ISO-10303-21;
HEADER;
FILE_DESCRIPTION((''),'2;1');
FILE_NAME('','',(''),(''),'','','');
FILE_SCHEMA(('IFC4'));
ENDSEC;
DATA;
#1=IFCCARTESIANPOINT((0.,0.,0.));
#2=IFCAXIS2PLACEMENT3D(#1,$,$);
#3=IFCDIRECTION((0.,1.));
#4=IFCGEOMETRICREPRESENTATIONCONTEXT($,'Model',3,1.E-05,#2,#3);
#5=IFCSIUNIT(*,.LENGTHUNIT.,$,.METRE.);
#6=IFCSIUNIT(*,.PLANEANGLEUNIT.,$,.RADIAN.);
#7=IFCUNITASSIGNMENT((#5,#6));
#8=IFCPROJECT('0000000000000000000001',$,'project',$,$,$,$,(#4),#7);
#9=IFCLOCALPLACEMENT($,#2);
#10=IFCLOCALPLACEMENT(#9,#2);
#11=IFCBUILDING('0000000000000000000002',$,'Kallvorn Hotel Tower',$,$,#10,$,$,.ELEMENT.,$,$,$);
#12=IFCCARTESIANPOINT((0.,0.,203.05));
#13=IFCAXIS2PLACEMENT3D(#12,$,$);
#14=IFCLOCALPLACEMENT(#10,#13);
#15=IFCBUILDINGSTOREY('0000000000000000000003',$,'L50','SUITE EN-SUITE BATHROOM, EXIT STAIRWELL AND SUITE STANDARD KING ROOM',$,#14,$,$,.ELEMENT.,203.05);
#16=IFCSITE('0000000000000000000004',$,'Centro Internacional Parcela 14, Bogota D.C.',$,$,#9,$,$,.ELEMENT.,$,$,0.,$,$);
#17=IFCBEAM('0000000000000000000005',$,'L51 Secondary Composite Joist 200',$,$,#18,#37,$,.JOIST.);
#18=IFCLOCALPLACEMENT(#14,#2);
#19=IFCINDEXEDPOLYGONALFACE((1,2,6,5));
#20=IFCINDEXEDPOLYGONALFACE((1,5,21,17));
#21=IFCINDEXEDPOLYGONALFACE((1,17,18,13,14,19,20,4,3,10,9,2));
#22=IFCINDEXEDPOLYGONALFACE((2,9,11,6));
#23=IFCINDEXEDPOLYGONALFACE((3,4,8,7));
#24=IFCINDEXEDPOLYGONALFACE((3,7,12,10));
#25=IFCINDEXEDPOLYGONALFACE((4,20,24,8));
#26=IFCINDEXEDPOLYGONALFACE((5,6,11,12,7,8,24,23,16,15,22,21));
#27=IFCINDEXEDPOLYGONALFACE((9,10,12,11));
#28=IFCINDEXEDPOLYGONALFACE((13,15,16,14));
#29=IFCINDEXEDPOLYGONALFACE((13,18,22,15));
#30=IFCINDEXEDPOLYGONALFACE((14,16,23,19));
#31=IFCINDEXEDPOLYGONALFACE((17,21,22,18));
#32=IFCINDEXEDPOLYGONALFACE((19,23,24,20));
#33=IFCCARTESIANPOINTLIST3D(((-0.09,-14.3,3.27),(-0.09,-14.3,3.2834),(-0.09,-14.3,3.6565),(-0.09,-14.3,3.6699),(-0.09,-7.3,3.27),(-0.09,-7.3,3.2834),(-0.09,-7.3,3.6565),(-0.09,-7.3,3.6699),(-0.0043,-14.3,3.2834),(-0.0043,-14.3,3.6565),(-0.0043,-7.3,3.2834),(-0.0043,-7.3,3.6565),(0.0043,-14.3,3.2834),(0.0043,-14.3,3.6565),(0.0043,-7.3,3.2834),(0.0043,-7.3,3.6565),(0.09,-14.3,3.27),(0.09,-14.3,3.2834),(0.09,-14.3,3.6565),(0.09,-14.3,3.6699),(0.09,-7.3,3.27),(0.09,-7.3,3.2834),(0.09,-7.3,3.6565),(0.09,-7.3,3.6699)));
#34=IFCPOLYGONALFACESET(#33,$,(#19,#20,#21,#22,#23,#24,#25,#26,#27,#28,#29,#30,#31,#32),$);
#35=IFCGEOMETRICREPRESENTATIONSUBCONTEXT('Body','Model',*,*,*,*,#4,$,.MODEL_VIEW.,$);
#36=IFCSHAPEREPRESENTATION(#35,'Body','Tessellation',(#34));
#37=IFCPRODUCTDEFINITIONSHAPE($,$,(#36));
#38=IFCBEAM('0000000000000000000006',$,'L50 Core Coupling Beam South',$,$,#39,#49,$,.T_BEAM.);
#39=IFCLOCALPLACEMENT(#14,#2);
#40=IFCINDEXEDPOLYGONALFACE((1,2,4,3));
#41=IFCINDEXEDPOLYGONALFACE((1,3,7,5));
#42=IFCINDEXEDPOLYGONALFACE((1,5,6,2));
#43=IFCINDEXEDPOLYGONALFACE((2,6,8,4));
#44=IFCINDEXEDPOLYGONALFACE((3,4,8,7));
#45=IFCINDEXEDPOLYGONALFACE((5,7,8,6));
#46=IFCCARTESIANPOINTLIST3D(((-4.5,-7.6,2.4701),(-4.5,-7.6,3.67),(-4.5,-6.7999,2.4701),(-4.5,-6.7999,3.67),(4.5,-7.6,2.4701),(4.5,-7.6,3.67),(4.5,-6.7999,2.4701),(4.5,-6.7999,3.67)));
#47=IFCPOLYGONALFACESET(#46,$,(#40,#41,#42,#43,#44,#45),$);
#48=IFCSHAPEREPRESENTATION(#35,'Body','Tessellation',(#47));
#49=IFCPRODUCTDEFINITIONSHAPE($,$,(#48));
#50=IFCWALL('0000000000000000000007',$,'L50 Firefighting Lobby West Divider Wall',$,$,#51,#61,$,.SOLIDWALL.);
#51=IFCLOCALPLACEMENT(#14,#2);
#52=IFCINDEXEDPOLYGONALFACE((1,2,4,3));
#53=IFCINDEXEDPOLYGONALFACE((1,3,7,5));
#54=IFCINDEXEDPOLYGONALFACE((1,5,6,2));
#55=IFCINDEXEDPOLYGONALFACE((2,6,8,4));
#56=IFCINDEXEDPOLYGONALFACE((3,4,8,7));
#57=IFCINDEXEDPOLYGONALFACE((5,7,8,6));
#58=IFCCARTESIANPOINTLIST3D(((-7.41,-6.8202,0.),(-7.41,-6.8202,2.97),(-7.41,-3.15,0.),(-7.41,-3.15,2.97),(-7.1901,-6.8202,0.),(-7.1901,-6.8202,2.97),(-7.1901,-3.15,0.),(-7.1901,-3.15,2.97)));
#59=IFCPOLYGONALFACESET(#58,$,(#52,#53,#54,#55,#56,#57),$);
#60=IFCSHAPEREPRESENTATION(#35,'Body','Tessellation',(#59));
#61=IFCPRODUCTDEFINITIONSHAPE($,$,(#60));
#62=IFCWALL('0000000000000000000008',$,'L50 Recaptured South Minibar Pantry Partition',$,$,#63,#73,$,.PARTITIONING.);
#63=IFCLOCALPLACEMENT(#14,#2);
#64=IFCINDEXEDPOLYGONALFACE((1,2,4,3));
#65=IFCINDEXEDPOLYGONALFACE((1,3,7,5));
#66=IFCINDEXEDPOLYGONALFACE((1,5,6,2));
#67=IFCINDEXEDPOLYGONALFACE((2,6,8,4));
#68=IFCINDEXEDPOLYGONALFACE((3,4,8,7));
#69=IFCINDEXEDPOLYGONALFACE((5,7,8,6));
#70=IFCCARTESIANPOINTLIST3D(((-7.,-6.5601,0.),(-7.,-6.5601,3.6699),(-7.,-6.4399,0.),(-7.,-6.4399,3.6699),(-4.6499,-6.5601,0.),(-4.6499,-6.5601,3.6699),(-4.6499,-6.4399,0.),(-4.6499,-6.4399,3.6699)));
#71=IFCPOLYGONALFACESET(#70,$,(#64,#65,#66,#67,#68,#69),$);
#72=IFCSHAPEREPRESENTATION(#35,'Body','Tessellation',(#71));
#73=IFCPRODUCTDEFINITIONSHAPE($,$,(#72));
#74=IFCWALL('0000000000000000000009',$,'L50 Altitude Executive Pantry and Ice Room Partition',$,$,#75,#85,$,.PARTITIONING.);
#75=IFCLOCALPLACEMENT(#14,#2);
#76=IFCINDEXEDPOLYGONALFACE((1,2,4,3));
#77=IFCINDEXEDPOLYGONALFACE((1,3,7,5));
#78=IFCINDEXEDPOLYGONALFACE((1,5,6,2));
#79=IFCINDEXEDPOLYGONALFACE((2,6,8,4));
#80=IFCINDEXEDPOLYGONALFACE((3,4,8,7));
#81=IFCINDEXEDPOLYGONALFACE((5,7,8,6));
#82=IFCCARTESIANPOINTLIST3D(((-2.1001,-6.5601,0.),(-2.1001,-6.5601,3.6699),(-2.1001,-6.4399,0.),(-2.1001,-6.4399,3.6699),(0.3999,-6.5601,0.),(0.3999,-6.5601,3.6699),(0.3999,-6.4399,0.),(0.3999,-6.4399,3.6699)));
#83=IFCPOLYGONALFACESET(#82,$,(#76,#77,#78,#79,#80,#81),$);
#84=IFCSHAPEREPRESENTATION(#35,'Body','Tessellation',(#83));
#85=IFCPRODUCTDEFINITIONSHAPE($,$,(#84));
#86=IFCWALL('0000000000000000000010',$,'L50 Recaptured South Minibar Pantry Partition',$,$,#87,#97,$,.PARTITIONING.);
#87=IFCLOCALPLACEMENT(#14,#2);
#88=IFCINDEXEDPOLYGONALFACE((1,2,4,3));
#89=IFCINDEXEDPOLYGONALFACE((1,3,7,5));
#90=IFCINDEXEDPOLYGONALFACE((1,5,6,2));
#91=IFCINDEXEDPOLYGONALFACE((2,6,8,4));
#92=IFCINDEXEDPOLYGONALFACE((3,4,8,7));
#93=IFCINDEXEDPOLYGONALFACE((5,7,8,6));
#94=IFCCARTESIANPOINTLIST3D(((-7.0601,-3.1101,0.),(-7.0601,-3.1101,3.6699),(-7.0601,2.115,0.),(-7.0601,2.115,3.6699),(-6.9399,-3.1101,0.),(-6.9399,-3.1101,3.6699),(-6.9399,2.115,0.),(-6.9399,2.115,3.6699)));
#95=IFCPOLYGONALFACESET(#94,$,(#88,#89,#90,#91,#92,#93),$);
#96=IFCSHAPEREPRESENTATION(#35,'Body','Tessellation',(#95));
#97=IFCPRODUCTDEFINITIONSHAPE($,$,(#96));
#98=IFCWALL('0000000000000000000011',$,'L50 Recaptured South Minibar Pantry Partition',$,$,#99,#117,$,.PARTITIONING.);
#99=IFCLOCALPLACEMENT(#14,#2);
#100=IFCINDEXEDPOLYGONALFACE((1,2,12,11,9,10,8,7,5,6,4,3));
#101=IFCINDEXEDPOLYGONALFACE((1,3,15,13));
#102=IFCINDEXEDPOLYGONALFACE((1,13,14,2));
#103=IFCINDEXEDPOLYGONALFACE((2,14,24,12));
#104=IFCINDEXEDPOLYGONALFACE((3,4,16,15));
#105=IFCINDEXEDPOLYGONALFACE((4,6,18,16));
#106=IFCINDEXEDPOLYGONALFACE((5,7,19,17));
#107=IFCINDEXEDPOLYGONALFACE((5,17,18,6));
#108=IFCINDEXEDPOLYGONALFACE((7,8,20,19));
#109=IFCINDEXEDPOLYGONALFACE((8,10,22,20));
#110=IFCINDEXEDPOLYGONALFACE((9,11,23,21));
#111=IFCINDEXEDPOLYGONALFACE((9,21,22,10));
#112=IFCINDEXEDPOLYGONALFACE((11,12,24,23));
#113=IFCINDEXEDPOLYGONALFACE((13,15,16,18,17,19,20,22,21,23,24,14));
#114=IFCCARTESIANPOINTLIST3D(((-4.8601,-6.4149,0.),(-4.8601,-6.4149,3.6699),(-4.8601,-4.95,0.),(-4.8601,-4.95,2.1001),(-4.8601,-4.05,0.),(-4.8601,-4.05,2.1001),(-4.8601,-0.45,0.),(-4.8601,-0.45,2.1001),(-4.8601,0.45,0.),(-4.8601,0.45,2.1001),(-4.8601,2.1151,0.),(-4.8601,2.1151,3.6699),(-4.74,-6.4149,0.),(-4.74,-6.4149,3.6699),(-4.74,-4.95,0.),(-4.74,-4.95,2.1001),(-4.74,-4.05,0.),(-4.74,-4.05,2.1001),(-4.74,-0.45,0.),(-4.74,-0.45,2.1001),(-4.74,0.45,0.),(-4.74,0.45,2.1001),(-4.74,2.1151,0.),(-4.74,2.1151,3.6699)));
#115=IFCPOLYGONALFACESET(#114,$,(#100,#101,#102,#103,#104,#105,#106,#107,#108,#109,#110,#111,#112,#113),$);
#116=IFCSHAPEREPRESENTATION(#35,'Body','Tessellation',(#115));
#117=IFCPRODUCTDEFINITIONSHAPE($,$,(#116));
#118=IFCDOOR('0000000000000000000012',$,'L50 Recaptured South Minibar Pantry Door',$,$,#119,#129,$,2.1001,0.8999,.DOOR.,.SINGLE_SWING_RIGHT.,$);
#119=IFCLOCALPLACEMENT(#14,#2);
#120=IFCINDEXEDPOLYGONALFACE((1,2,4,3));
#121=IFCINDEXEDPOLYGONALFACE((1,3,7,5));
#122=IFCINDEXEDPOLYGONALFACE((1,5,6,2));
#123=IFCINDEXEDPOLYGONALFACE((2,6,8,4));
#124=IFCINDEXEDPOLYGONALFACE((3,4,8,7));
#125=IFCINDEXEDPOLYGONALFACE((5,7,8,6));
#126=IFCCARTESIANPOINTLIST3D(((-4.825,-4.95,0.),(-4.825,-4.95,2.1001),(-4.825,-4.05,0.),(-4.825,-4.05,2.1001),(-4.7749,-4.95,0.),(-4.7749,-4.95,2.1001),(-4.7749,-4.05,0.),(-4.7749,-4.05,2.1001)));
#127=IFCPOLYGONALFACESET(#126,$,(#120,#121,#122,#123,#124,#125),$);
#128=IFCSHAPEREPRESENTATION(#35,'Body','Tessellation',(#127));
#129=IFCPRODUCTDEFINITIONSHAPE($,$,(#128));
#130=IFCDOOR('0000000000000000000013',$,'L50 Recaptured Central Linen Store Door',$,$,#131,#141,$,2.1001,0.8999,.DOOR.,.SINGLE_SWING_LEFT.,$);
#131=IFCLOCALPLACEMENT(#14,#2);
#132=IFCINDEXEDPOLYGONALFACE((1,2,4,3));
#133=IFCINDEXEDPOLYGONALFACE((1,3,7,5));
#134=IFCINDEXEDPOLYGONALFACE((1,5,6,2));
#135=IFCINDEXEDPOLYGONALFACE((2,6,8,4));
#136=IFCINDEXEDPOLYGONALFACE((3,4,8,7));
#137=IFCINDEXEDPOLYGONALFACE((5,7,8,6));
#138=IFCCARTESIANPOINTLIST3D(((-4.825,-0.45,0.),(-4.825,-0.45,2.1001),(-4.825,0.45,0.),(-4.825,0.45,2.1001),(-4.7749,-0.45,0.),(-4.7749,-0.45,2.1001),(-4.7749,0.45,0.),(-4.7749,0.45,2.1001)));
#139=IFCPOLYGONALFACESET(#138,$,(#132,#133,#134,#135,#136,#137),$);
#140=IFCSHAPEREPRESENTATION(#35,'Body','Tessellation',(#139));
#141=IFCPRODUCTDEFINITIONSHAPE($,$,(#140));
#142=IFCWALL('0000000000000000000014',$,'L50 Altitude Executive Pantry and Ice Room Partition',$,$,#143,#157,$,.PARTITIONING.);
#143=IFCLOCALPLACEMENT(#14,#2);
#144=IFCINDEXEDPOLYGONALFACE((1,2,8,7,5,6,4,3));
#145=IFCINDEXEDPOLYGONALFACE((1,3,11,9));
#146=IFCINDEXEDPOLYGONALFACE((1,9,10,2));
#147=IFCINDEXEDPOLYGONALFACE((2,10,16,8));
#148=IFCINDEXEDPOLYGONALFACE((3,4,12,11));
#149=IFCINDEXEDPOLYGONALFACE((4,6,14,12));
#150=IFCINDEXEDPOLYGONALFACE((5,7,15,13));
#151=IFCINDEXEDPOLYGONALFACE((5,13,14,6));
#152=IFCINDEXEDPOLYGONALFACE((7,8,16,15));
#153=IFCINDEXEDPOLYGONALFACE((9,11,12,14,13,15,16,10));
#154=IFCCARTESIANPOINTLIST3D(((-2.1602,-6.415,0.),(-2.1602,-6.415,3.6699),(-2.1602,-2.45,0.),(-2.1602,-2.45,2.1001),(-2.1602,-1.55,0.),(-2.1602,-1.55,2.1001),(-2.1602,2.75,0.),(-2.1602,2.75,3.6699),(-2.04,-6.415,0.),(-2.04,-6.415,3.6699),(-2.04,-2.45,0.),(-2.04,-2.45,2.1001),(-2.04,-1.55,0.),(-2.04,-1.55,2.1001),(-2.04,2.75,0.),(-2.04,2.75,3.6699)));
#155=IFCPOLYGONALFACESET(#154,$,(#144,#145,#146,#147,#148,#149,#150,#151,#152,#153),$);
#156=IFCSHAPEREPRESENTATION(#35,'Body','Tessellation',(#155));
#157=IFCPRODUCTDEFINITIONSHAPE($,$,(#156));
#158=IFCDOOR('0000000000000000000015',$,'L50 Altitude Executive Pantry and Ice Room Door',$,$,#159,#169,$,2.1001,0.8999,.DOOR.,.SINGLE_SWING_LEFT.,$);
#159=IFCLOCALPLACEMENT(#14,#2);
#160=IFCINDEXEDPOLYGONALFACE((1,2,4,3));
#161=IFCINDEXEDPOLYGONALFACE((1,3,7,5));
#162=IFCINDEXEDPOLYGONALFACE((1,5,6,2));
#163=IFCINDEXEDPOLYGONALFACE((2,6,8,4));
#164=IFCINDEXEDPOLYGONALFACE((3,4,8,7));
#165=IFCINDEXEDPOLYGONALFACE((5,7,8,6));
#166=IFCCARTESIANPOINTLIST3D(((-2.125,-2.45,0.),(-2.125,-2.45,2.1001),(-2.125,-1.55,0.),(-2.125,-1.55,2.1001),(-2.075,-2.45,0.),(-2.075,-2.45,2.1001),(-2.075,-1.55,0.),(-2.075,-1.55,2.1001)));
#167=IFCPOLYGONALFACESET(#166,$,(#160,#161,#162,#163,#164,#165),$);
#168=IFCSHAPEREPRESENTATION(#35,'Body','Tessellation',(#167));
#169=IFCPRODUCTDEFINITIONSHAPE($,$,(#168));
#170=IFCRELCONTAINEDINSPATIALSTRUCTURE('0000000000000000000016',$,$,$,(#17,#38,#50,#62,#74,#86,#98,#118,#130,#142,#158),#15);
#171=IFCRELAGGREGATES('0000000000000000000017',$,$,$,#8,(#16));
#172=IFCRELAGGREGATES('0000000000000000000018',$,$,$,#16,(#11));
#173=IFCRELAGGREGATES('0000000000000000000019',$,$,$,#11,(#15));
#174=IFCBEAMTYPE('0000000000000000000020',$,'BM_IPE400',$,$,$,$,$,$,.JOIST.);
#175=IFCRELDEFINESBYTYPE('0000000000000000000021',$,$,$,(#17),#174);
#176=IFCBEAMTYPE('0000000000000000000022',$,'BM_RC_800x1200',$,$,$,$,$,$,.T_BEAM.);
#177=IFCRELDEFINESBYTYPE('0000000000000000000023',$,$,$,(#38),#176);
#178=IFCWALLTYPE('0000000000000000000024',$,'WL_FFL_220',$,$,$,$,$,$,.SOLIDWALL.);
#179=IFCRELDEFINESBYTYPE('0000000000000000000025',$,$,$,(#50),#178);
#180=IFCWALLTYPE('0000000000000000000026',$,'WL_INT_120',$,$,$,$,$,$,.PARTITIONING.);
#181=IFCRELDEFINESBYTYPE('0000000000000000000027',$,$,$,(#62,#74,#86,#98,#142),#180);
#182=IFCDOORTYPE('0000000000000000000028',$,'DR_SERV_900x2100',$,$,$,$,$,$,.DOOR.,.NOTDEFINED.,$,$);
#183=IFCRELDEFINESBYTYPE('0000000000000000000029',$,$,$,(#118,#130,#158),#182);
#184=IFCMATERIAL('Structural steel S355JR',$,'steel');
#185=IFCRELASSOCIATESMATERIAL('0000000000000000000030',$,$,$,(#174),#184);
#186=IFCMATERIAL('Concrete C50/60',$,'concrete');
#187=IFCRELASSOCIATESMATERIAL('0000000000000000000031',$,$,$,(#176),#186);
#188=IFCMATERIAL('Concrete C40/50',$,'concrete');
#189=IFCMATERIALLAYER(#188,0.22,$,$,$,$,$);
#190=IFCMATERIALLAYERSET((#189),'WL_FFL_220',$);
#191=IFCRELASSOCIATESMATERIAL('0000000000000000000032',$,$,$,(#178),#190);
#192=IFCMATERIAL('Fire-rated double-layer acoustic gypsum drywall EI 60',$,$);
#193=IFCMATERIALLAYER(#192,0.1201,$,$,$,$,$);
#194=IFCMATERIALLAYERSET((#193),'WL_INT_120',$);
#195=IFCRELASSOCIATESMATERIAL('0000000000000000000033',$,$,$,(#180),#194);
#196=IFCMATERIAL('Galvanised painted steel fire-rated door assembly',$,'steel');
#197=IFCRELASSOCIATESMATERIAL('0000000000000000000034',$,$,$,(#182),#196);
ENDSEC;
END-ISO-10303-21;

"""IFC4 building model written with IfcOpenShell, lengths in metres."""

from ifc_helpers import new_model, si_unit, direction, frame, frame_2d, origin, origin_2d, place, context, subcontext, project, spatial, rectangle, i_section, extrude, material, layer, layer_set, material_profile, profile_set, type_object, element, fill, save


model = new_model("IFC4")

# Units and contexts
model_context = context("Model", 3, precision=1e-05, world=origin(), true_north=direction((0.0, 1.0)))
body_context = subcontext(model_context, "Body", "Model", "MODEL_VIEW")
ifc_project = project(units=[si_unit("LENGTHUNIT", "METRE"), si_unit("PLANEANGLEUNIT", "RADIAN")], contexts=[model_context])

# Site, building, storey
site_placement = place(None, origin())
site = spatial("IfcSite", under=ifc_project, at=site_placement, Name="Centro Internacional Parcela 14, Bogota D.C.", CompositionType="ELEMENT", RefElevation=0.0)
building_placement = place(site_placement, origin())
building = spatial("IfcBuilding", under=site, at=building_placement, Name="Kallvorn Hotel Tower", CompositionType="ELEMENT")
storey_placement = place(building_placement, frame((0.0, 0.0, 203.05)))
storey = spatial("IfcBuildingStorey", under=building, at=storey_placement, Name="L50", Description="SUITE EN-SUITE BATHROOM, EXIT STAIRWELL AND SUITE STANDARD KING ROOM", CompositionType="ELEMENT", Elevation=203.05)

# Beams
ifc_material_1 = material(Name="Structural steel S355JR", Category="steel")
ifc_material_profile_1 = material_profile(ifc_material_1, i_section(OverallWidth=0.1799, OverallDepth=0.3999, WebThickness=0.0085, FlangeThickness=0.0134, at=origin_2d()), Name="IPE 400")
ifc_profile_set_1 = profile_set([ifc_material_profile_1], Name="Structural steel S355JR")
beam_type_1 = type_object("IfcBeamType", Name="BM_IPE400", PredefinedType="JOIST", material=ifc_profile_set_1)
for number, where, z_axis, x_axis, name in (
    (1, (0.0, -14.3, 3.47), (0.0, 1.0, 0.0), (-1.0, 0.0, 0.0), "L51 Secondary Composite Joist 200"),
):
    element("IfcBeam", number, at=place(storey_placement, frame(where, z_axis=z_axis, x_axis=x_axis)), inside=storey, type_object=beam_type_1, Name=name, PredefinedType="JOIST", context=body_context, shape_type="SweptSolid", body=[
        extrude(i_section(OverallWidth=0.1799, OverallDepth=0.3999, WebThickness=0.0085, FlangeThickness=0.0134, at=origin_2d()), origin(), (0.0, 0.0, 1.0), 7.0),
    ])
ifc_material_2 = material(Name="Concrete C50/60", Category="concrete")
ifc_material_profile_2 = material_profile(ifc_material_2, rectangle(XDim=0.8, YDim=1.2, at=origin_2d()), Name="RC 800x1200")
ifc_profile_set_2 = profile_set([ifc_material_profile_2], Name="Concrete C50/60")
beam_type_2 = type_object("IfcBeamType", Name="BM_RC_800x1200", PredefinedType="T_BEAM", material=ifc_profile_set_2)
beam_1_placement = place(storey_placement, frame((-4.5, -7.2, 3.0701), z_axis=(1.0, 0.0, 0.0), x_axis=(0.0, 1.0, 0.0)))
element("IfcBeam", 2, at=beam_1_placement, inside=storey, type_object=beam_type_2, Name="L50 Core Coupling Beam South", PredefinedType="T_BEAM", context=body_context, shape_type="SweptSolid", body=[
    extrude(rectangle(XDim=0.8, YDim=1.2, at=origin_2d()), origin(), (0.0, 0.0, 1.0), 9.0),
])

# Walls
ifc_material_3 = material(Name="Concrete C40/50", Category="concrete")
ifc_layer_1 = layer(ifc_material_3, 0.22)
ifc_layer_set_1 = layer_set([ifc_layer_1], Name="WL_FFL_220")
wall_type_1 = type_object("IfcWallType", Name="WL_FFL_220", PredefinedType="SOLIDWALL", material=ifc_layer_set_1)
wall_1_placement = place(storey_placement, frame((-7.3, -6.8201, 0.0), z_axis=(0.0, 0.0, 1.0), x_axis=(0.0, 1.0, 0.0)))
element("IfcWall", 3, at=wall_1_placement, inside=storey, type_object=wall_type_1, Name="L50 Firefighting Lobby West Divider Wall", PredefinedType="SOLIDWALL", context=body_context, shape_type="SweptSolid", body=[
    extrude(rectangle(XDim=3.6702, YDim=0.22, at=frame_2d((1.835, 0.0))), origin(), (0.0, 0.0, 1.0), 2.97),
])
ifc_material_4 = material(Name="Fire-rated double-layer acoustic gypsum drywall EI 60")
ifc_layer_2 = layer(ifc_material_4, 0.1201)
ifc_layer_set_2 = layer_set([ifc_layer_2], Name="WL_INT_120")
wall_type_2 = type_object("IfcWallType", Name="WL_INT_120", PredefinedType="PARTITIONING", material=ifc_layer_set_2)
wall_2_placement = place(storey_placement, frame((-7.0, -6.5, 0.0), z_axis=(0.0, 0.0, 1.0), x_axis=(1.0, 0.0, 0.0)))
element("IfcWall", 4, at=wall_2_placement, inside=storey, type_object=wall_type_2, Name="L50 Recaptured South Minibar Pantry Partition", PredefinedType="PARTITIONING", context=body_context, shape_type="SweptSolid", body=[
    extrude(rectangle(XDim=2.3501, YDim=0.1201, at=frame_2d((1.175, 0.0))), origin(), (0.0, 0.0, 1.0), 3.6699),
])
wall_3_placement = place(storey_placement, frame((-2.1001, -6.5, 0.0), z_axis=(0.0, 0.0, 1.0), x_axis=(1.0, 0.0, 0.0)))
element("IfcWall", 5, at=wall_3_placement, inside=storey, type_object=wall_type_2, Name="L50 Altitude Executive Pantry and Ice Room Partition", PredefinedType="PARTITIONING", context=body_context, shape_type="SweptSolid", body=[
    extrude(rectangle(XDim=2.5, YDim=0.1201, at=frame_2d((1.25, 0.0))), origin(), (0.0, 0.0, 1.0), 3.6699),
])
wall_4_placement = place(storey_placement, frame((-7.0, -3.1101, 0.0), z_axis=(0.0, 0.0, 1.0), x_axis=(0.0, 1.0, 0.0)))
element("IfcWall", 6, at=wall_4_placement, inside=storey, type_object=wall_type_2, Name="L50 Recaptured South Minibar Pantry Partition", PredefinedType="PARTITIONING", context=body_context, shape_type="SweptSolid", body=[
    extrude(rectangle(XDim=5.2251, YDim=0.1201, at=frame_2d((2.6125, 0.0))), origin(), (0.0, 0.0, 1.0), 3.6699),
])

# Wall, openings, doors
wall_5_placement = place(storey_placement, frame((-4.8, -6.415, 0.0), z_axis=(0.0, 0.0, 1.0), x_axis=(0.0, 1.0, 0.0)))
wall_5 = element("IfcWall", 7, at=wall_5_placement, inside=storey, type_object=wall_type_2, Name="L50 Recaptured South Minibar Pantry Partition", PredefinedType="PARTITIONING", context=body_context, shape_type="SweptSolid", body=[
    extrude(rectangle(XDim=8.53, YDim=0.1201, at=frame_2d((4.2651, 0.0))), origin(), (0.0, 0.0, 1.0), 3.6699),
])
opening_1_placement = place(wall_5_placement, frame((1.4651, 0.0, 0.0)))
opening_1 = element("IfcOpeningElement", 8, at=opening_1_placement, cuts=wall_5, PredefinedType="OPENING", context=body_context, shape_type="SweptSolid", body=[
    extrude(rectangle(XDim=0.8999, YDim=2.1001, at=frame_2d((0.45, 1.05))), frame((0.0, 0.075, 0.0), z_axis=(0.0, -1.0, 0.0), x_axis=(1.0, 0.0, 0.0)), (0.0, 0.0, 1.0), 0.1501),
])
opening_2_placement = place(wall_5_placement, frame((5.9651, 0.0, 0.0)))
opening_2 = element("IfcOpeningElement", 9, at=opening_2_placement, cuts=wall_5, PredefinedType="OPENING", context=body_context, shape_type="SweptSolid", body=[
    extrude(rectangle(XDim=0.8999, YDim=2.1001, at=frame_2d((0.45, 1.05))), frame((0.0, 0.075, 0.0), z_axis=(0.0, -1.0, 0.0), x_axis=(1.0, 0.0, 0.0)), (0.0, 0.0, 1.0), 0.1501),
])
ifc_material_5 = material(Name="Galvanised painted steel fire-rated door assembly", Category="steel")
door_type_1 = type_object("IfcDoorType", Name="DR_SERV_900x2100", OperationType="NOTDEFINED", PredefinedType="DOOR", material=ifc_material_5)
door_1_placement = place(opening_1_placement, origin())
door_1 = element("IfcDoor", 10, at=door_1_placement, inside=storey, type_object=door_type_1, Name="L50 Recaptured South Minibar Pantry Door", OperationType="SINGLE_SWING_RIGHT", OverallHeight=2.1001, OverallWidth=0.8999, PredefinedType="DOOR", context=body_context, shape_type="SweptSolid", body=[
    extrude(rectangle(XDim=0.8999, YDim=2.1001, at=frame_2d((0.45, 1.05))), frame((0.0, 0.0249, 0.0), z_axis=(0.0, -1.0, 0.0), x_axis=(1.0, 0.0, 0.0)), (0.0, 0.0, 1.0), 0.05),
])
fill(opening_1, door_1)
door_2_placement = place(opening_2_placement, origin())
door_2 = element("IfcDoor", 11, at=door_2_placement, inside=storey, type_object=door_type_1, Name="L50 Recaptured Central Linen Store Door", OperationType="SINGLE_SWING_LEFT", OverallHeight=2.1001, OverallWidth=0.8999, PredefinedType="DOOR", context=body_context, shape_type="SweptSolid", body=[
    extrude(rectangle(XDim=0.8999, YDim=2.1001, at=frame_2d((0.45, 1.05))), frame((0.0, 0.0249, 0.0), z_axis=(0.0, -1.0, 0.0), x_axis=(1.0, 0.0, 0.0)), (0.0, 0.0, 1.0), 0.05),
])
fill(opening_2, door_2)

# Wall, opening, door
wall_6_placement = place(storey_placement, frame((-2.1001, -6.415, 0.0), z_axis=(0.0, 0.0, 1.0), x_axis=(0.0, 1.0, 0.0)))
wall_6 = element("IfcWall", 12, at=wall_6_placement, inside=storey, type_object=wall_type_2, Name="L50 Altitude Executive Pantry and Ice Room Partition", PredefinedType="PARTITIONING", context=body_context, shape_type="SweptSolid", body=[
    extrude(rectangle(XDim=9.165, YDim=0.1201, at=frame_2d((4.5825, 0.0))), origin(), (0.0, 0.0, 1.0), 3.6699),
])
opening_3_placement = place(wall_6_placement, frame((3.9651, 0.0, 0.0)))
opening_3 = element("IfcOpeningElement", 13, at=opening_3_placement, cuts=wall_6, PredefinedType="OPENING", context=body_context, shape_type="SweptSolid", body=[
    extrude(rectangle(XDim=0.8999, YDim=2.1001, at=frame_2d((0.45, 1.05))), frame((0.0, 0.075, 0.0), z_axis=(0.0, -1.0, 0.0), x_axis=(1.0, 0.0, 0.0)), (0.0, 0.0, 1.0), 0.1501),
])
door_3_placement = place(opening_3_placement, origin())
door_3 = element("IfcDoor", 14, at=door_3_placement, inside=storey, type_object=door_type_1, Name="L50 Altitude Executive Pantry and Ice Room Door", OperationType="SINGLE_SWING_LEFT", OverallHeight=2.1001, OverallWidth=0.8999, PredefinedType="DOOR", context=body_context, shape_type="SweptSolid", body=[
    extrude(rectangle(XDim=0.8999, YDim=2.1001, at=frame_2d((0.45, 1.05))), frame((0.0, 0.0249, 0.0), z_axis=(0.0, -1.0, 0.0), x_axis=(1.0, 0.0, 0.0)), (0.0, 0.0, 1.0), 0.05),
])
fill(opening_3, door_3)

save(model, "model.ifc")
